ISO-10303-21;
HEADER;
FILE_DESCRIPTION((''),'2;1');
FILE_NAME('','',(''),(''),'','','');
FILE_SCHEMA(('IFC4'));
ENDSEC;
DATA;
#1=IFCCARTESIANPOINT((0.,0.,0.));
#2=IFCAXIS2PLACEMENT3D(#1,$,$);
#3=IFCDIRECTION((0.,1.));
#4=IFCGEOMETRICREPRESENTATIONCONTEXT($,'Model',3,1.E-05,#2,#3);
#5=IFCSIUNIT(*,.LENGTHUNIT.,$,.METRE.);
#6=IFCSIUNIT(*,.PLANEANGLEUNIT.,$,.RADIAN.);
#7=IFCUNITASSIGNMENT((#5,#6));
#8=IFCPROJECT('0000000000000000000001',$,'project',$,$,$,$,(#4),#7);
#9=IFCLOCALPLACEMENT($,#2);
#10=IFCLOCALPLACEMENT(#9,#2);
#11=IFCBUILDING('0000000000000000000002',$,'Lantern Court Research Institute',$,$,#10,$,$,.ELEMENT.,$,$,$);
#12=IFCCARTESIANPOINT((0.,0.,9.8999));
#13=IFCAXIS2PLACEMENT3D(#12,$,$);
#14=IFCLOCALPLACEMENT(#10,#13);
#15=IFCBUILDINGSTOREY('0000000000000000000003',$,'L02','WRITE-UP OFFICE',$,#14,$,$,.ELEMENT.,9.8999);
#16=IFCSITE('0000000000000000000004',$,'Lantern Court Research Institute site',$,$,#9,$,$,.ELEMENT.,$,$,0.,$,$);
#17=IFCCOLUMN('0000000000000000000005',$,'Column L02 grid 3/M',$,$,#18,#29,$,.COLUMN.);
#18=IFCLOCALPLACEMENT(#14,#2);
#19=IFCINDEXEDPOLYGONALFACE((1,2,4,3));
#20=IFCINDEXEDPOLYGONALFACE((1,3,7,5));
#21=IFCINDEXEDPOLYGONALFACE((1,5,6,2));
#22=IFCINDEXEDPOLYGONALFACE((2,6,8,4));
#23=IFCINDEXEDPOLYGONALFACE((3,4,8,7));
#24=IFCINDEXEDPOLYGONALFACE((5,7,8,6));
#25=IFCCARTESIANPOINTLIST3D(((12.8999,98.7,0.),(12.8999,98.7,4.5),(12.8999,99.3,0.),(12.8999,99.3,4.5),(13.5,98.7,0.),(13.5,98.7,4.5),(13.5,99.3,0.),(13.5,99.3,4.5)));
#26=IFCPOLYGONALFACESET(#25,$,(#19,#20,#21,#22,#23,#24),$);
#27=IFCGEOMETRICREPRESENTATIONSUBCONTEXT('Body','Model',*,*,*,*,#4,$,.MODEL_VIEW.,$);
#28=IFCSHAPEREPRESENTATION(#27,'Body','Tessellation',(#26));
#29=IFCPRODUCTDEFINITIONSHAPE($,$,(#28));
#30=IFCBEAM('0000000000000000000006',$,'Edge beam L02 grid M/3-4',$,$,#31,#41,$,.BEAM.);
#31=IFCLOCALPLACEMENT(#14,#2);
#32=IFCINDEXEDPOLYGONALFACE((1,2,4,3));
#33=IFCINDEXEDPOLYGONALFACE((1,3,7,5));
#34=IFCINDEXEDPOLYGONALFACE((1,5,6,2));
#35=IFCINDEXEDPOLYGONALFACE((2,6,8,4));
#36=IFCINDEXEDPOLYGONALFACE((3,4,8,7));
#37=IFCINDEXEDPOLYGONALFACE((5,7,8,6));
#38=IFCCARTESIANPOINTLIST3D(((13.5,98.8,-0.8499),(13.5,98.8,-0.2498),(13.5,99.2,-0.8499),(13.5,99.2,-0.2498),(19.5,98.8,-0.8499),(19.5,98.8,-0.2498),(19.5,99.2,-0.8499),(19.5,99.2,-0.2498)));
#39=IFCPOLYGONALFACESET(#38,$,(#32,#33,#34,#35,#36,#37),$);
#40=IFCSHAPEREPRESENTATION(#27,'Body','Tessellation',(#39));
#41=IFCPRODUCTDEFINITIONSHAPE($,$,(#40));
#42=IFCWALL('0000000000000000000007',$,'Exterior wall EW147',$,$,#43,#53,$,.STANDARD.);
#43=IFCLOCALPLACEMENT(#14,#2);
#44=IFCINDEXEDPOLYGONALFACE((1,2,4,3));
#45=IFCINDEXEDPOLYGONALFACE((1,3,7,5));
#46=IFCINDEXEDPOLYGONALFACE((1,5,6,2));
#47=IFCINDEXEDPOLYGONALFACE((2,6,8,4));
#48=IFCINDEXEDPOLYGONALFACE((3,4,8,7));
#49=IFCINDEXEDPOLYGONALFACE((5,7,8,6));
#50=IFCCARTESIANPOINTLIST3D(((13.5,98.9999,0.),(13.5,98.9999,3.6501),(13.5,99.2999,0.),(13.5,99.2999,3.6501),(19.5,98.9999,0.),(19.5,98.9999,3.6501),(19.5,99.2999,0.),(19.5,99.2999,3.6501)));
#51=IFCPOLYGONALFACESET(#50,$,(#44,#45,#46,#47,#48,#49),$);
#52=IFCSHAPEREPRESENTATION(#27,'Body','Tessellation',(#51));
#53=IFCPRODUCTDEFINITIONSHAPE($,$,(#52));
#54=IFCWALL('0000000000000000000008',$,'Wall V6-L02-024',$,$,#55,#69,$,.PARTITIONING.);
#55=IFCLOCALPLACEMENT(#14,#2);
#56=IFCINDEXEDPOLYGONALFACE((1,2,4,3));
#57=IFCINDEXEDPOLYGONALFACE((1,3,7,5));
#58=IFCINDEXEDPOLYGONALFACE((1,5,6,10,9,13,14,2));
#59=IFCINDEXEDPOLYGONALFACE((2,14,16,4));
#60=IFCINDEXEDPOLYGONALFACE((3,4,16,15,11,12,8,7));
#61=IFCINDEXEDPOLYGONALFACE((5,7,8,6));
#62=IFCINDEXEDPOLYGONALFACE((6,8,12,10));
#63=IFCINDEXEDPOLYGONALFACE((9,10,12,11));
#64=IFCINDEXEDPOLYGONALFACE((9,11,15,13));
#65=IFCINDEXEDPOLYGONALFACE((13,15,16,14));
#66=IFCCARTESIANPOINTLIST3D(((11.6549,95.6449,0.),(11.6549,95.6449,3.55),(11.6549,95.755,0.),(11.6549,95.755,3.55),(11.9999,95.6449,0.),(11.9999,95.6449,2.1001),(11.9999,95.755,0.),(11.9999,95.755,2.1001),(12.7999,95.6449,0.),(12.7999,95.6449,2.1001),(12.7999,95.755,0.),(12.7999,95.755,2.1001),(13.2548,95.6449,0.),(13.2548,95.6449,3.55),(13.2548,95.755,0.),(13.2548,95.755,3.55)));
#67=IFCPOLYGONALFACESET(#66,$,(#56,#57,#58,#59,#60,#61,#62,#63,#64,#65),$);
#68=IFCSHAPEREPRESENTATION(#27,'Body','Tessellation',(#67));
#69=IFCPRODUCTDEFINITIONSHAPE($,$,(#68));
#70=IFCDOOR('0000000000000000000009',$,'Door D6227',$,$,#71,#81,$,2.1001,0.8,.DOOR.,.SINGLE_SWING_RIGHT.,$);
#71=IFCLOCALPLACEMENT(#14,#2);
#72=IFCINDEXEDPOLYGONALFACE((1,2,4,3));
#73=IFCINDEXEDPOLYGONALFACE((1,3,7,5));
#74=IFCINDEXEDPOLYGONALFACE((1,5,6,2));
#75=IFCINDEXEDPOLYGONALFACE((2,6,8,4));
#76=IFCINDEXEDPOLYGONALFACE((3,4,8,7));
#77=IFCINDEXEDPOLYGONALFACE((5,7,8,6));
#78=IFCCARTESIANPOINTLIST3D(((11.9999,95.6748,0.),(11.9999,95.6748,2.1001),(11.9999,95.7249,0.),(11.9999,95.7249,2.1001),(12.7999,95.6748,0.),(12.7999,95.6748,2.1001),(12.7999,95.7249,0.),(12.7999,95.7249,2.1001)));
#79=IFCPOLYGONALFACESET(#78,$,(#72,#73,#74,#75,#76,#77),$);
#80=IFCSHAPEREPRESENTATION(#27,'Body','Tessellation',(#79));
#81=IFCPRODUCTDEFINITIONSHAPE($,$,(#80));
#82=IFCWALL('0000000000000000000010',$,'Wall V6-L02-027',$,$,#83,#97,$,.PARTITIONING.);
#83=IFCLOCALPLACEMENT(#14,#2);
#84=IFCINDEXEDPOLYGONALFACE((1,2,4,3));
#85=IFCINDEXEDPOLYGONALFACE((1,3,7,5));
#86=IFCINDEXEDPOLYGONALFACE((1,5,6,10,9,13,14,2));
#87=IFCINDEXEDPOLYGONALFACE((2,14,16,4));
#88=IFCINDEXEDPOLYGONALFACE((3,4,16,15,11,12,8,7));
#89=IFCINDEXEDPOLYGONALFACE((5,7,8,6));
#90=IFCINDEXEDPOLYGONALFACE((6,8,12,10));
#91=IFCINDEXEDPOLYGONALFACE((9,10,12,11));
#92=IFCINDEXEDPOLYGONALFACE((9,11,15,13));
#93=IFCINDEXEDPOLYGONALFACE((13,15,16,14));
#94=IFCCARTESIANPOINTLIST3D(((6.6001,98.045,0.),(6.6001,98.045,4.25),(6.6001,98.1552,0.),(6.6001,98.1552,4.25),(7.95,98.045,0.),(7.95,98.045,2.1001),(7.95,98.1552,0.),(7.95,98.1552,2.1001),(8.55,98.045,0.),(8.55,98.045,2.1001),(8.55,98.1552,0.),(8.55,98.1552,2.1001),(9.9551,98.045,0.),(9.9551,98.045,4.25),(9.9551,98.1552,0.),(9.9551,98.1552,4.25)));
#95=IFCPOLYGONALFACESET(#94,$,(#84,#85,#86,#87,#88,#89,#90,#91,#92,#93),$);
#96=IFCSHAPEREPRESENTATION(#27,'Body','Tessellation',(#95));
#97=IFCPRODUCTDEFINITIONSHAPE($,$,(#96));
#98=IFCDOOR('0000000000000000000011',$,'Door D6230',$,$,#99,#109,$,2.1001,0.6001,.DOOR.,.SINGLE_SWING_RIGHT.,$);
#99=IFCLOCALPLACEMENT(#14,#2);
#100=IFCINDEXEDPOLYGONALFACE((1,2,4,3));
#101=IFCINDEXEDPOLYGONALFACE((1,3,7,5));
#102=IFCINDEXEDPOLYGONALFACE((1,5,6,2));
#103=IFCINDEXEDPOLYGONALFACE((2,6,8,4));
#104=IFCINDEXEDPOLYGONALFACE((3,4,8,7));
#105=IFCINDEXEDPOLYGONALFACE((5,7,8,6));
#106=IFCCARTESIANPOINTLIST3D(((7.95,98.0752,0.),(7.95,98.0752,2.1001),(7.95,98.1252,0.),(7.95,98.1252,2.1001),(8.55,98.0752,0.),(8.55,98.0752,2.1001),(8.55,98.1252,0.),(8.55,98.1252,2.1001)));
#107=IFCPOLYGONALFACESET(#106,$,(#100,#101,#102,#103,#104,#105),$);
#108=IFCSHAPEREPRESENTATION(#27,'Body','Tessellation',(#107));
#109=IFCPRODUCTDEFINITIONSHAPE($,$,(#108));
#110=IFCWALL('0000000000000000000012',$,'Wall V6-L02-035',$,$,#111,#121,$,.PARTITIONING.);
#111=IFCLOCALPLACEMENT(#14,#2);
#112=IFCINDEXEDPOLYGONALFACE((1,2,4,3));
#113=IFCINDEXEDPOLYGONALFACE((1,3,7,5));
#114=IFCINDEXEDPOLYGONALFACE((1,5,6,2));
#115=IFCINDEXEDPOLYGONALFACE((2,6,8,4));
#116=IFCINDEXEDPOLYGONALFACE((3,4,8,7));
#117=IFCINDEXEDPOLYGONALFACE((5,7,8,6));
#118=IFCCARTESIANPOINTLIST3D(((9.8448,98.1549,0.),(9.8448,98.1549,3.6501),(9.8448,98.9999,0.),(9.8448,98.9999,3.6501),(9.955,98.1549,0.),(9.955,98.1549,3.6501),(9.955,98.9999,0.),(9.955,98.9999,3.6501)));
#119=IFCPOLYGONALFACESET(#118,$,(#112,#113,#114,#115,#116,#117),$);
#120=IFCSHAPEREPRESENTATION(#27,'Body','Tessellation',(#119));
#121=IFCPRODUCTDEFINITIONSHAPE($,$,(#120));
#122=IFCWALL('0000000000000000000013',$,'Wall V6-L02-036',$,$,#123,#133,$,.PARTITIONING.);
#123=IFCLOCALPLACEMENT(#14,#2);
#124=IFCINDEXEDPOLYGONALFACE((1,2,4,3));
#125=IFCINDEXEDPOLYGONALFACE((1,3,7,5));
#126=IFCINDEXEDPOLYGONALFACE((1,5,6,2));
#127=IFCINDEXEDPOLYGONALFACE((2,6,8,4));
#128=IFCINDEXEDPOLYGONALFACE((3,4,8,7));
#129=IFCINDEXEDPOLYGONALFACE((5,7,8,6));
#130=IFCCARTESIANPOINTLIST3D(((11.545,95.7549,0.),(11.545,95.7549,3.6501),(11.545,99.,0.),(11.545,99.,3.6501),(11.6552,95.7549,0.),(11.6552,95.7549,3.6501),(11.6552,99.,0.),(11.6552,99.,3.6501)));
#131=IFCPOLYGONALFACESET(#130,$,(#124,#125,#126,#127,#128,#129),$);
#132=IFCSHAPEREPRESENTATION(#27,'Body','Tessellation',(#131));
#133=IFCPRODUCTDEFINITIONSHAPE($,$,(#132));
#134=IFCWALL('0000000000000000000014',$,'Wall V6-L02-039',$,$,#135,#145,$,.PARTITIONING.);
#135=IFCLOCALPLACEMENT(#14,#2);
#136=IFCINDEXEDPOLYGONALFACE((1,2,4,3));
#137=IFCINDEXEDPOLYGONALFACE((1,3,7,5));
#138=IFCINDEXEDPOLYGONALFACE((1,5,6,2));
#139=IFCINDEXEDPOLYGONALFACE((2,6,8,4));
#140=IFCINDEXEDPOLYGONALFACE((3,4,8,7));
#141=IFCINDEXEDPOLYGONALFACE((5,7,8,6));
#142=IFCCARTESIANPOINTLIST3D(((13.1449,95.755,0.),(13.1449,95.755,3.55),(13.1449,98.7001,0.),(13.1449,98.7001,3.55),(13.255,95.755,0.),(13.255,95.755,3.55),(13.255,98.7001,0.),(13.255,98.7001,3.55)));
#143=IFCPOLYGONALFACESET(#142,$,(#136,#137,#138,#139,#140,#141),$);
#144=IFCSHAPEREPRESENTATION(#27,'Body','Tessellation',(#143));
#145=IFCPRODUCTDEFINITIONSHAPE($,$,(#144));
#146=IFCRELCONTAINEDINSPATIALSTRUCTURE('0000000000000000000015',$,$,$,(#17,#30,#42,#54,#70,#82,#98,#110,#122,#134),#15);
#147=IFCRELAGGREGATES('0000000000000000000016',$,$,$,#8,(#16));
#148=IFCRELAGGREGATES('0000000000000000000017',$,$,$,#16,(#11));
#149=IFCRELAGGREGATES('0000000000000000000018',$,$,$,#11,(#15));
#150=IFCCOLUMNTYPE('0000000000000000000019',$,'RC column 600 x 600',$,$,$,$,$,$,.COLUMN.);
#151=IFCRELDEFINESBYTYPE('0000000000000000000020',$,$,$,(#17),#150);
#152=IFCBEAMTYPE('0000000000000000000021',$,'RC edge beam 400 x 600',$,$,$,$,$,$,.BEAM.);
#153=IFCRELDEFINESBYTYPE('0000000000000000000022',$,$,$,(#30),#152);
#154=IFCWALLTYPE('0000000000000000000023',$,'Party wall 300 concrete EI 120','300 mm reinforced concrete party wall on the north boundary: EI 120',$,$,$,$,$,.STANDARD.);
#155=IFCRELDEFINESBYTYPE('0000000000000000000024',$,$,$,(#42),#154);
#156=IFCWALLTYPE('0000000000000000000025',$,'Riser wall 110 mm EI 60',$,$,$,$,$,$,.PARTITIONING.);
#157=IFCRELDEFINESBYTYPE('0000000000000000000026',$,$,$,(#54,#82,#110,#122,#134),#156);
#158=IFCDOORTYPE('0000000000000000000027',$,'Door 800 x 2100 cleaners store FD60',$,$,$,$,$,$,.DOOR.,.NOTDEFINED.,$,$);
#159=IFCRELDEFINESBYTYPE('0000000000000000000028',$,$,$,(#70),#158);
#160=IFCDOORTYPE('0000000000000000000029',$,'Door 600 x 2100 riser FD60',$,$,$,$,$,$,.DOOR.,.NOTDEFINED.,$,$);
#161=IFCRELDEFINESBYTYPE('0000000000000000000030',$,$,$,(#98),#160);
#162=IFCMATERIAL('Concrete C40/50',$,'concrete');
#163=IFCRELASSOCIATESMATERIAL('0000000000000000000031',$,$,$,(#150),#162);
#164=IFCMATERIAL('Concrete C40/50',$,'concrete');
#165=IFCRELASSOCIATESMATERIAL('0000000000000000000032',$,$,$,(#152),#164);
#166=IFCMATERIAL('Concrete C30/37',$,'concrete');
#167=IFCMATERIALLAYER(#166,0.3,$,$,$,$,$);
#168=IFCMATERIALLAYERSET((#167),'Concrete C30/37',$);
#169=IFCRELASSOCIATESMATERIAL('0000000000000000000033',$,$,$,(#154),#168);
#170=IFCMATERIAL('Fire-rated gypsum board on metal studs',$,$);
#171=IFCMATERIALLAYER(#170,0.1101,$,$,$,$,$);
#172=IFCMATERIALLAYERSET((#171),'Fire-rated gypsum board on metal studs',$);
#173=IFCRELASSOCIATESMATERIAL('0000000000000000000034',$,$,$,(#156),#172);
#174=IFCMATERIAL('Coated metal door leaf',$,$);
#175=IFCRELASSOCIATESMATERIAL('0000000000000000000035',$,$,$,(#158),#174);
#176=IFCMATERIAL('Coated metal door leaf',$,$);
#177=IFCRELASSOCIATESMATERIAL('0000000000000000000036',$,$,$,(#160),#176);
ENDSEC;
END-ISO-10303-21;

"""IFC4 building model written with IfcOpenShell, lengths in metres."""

from ifc_helpers import new_model, si_unit, direction, frame, frame_2d, origin, origin_2d, place, context, subcontext, project, spatial, rectangle, extrude, material, layer, layer_set, material_profile, profile_set, type_object, element, fill, save


model = new_model("IFC4")

# Units and contexts
model_context = context("Model", 3, precision=1e-05, world=origin(), true_north=direction((0.0, 1.0)))
body_context = subcontext(model_context, "Body", "Model", "MODEL_VIEW")
ifc_project = project(units=[si_unit("LENGTHUNIT", "METRE"), si_unit("PLANEANGLEUNIT", "RADIAN")], contexts=[model_context])

# Site, building, storey
site_placement = place(None, origin())
site = spatial("IfcSite", under=ifc_project, at=site_placement, Name="Lantern Court Research Institute site", CompositionType="ELEMENT", RefElevation=0.0)
building_placement = place(site_placement, origin())
building = spatial("IfcBuilding", under=site, at=building_placement, Name="Lantern Court Research Institute", CompositionType="ELEMENT")
storey_placement = place(building_placement, frame((0.0, 0.0, 9.8999)))
storey = spatial("IfcBuildingStorey", under=building, at=storey_placement, Name="L02", Description="WRITE-UP OFFICE", CompositionType="ELEMENT", Elevation=9.8999)

# Column
ifc_material_1 = material(Name="Concrete C40/50", Category="concrete")
ifc_material_profile_1 = material_profile(ifc_material_1, rectangle(XDim=0.6001, YDim=0.6001, at=origin_2d()), Name="RC column 600 x 600")
ifc_profile_set_1 = profile_set([ifc_material_profile_1], Name="Concrete C40/50")
column_type = type_object("IfcColumnType", Name="RC column 600 x 600", PredefinedType="COLUMN", material=ifc_profile_set_1)
column_placement = place(storey_placement, frame((13.2, 99.0, 0.0), z_axis=(0.0, 0.0, 1.0), x_axis=(1.0, 0.0, 0.0)))
element("IfcColumn", 1, at=column_placement, inside=storey, type_object=column_type, Name="Column L02 grid 3/M", PredefinedType="COLUMN", context=body_context, shape_type="SweptSolid", body=[
    extrude(rectangle(XDim=0.6001, YDim=0.6001, at=origin_2d()), origin(), (0.0, 0.0, 1.0), 4.5),
])

# Beam
ifc_material_2 = material(Name="Concrete C40/50", Category="concrete")
ifc_material_profile_2 = material_profile(ifc_material_2, rectangle(XDim=0.3999, YDim=0.6001, at=origin_2d()), Name="RC beam 400 x 600")
ifc_profile_set_2 = profile_set([ifc_material_profile_2], Name="Concrete C40/50")
beam_type = type_object("IfcBeamType", Name="RC edge beam 400 x 600", PredefinedType="BEAM", material=ifc_profile_set_2)
beam_placement = place(storey_placement, frame((13.5, 99.0, -0.5498), z_axis=(1.0, 0.0, 0.0), x_axis=(0.0, 1.0, 0.0)))
element("IfcBeam", 2, at=beam_placement, inside=storey, type_object=beam_type, Name="Edge beam L02 grid M/3-4", PredefinedType="BEAM", context=body_context, shape_type="SweptSolid", body=[
    extrude(rectangle(XDim=0.3999, YDim=0.6001, at=origin_2d()), origin(), (0.0, 0.0, 1.0), 6.0),
])

# Wall
ifc_material_3 = material(Name="Concrete C30/37", Category="concrete")
ifc_layer_1 = layer(ifc_material_3, 0.3)
ifc_layer_set_1 = layer_set([ifc_layer_1], Name="Concrete C30/37")
wall_type_1 = type_object("IfcWallType", Name="Party wall 300 concrete EI 120", Description="300 mm reinforced concrete party wall on the north boundary: EI 120", PredefinedType="STANDARD", material=ifc_layer_set_1)
wall_1_placement = place(storey_placement, frame((13.5, 99.1499, 0.0), z_axis=(0.0, 0.0, 1.0), x_axis=(1.0, 0.0, 0.0)))
element("IfcWall", 3, at=wall_1_placement, inside=storey, type_object=wall_type_1, Name="Exterior wall EW147", PredefinedType="STANDARD", context=body_context, shape_type="SweptSolid", body=[
    extrude(rectangle(XDim=6.0, YDim=0.3, at=frame_2d((3.0, 0.0))), origin(), (0.0, 0.0, 1.0), 3.6501),
])

# Walls, openings, doors
ifc_material_4 = material(Name="Fire-rated gypsum board on metal studs")
ifc_layer_2 = layer(ifc_material_4, 0.1101)
ifc_layer_set_2 = layer_set([ifc_layer_2], Name="Fire-rated gypsum board on metal studs")
wall_type_2 = type_object("IfcWallType", Name="Riser wall 110 mm EI 60", PredefinedType="PARTITIONING", material=ifc_layer_set_2)
wall_2_placement = place(storey_placement, frame((11.655, 95.7, 0.0), z_axis=(0.0, 0.0, 1.0), x_axis=(1.0, 0.0, 0.0)))
wall_2 = element("IfcWall", 4, at=wall_2_placement, inside=storey, type_object=wall_type_2, Name="Wall V6-L02-024", PredefinedType="PARTITIONING", context=body_context, shape_type="SweptSolid", body=[
    extrude(rectangle(XDim=1.5999, YDim=0.1101, at=frame_2d((0.7998, 0.0))), origin(), (0.0, 0.0, 1.0), 3.55),
])
opening_1_placement = place(wall_2_placement, frame((0.345, 0.0, 0.0)))
opening_1 = element("IfcOpeningElement", 5, at=opening_1_placement, cuts=wall_2, PredefinedType="OPENING", context=body_context, shape_type="SweptSolid", body=[
    extrude(rectangle(XDim=0.8, YDim=2.1001, at=frame_2d((0.3999, 1.05))), frame((0.0, 0.0649, 0.0), z_axis=(0.0, -1.0, 0.0), x_axis=(1.0, 0.0, 0.0)), (0.0, 0.0, 1.0), 0.1301),
])
ifc_material_5 = material(Name="Coated metal door leaf")
door_type_1 = type_object("IfcDoorType", Name="Door 800 x 2100 cleaners store FD60", OperationType="NOTDEFINED", PredefinedType="DOOR", material=ifc_material_5)
door_1_placement = place(opening_1_placement, origin())
door_1 = element("IfcDoor", 6, at=door_1_placement, inside=storey, type_object=door_type_1, Name="Door D6227", OperationType="SINGLE_SWING_RIGHT", OverallHeight=2.1001, OverallWidth=0.8, PredefinedType="DOOR", context=body_context, shape_type="SweptSolid", body=[
    extrude(rectangle(XDim=0.8, YDim=2.1001, at=frame_2d((0.3999, 1.05))), frame((0.0, 0.0249, 0.0), z_axis=(0.0, -1.0, 0.0), x_axis=(1.0, 0.0, 0.0)), (0.0, 0.0, 1.0), 0.05),
])
fill(opening_1, door_1)
wall_3_placement = place(storey_placement, frame((9.9551, 98.1001, 0.0), z_axis=(0.0, 0.0, 1.0), x_axis=(-1.0, 0.0, 0.0)))
wall_3 = element("IfcWall", 7, at=wall_3_placement, inside=storey, type_object=wall_type_2, Name="Wall V6-L02-027", PredefinedType="PARTITIONING", context=body_context, shape_type="SweptSolid", body=[
    extrude(rectangle(XDim=3.355, YDim=0.1101, at=frame_2d((1.6775, 0.0))), origin(), (0.0, 0.0, 1.0), 4.25),
])
opening_2_placement = place(wall_3_placement, frame((1.405, 0.0, 0.0)))
opening_2 = element("IfcOpeningElement", 8, at=opening_2_placement, cuts=wall_3, PredefinedType="OPENING", context=body_context, shape_type="SweptSolid", body=[
    extrude(rectangle(XDim=0.6001, YDim=2.1001, at=frame_2d((0.3, 1.05))), frame((0.0, 0.0649, 0.0), z_axis=(0.0, -1.0, 0.0), x_axis=(1.0, 0.0, 0.0)), (0.0, 0.0, 1.0), 0.1301),
])
ifc_material_6 = material(Name="Coated metal door leaf")
door_type_2 = type_object("IfcDoorType", Name="Door 600 x 2100 riser FD60", OperationType="NOTDEFINED", PredefinedType="DOOR", material=ifc_material_6)
door_2_placement = place(opening_2_placement, origin())
door_2 = element("IfcDoor", 9, at=door_2_placement, inside=storey, type_object=door_type_2, Name="Door D6230", OperationType="SINGLE_SWING_RIGHT", OverallHeight=2.1001, OverallWidth=0.6001, PredefinedType="DOOR", context=body_context, shape_type="SweptSolid", body=[
    extrude(rectangle(XDim=0.6001, YDim=2.1001, at=frame_2d((0.3, 1.05))), frame((0.0, 0.0249, 0.0), z_axis=(0.0, -1.0, 0.0), x_axis=(1.0, 0.0, 0.0)), (0.0, 0.0, 1.0), 0.05),
])
fill(opening_2, door_2)

# Walls
wall_4_placement = place(storey_placement, frame((9.8999, 98.155, 0.0), z_axis=(0.0, 0.0, 1.0), x_axis=(0.0, 1.0, 0.0)))
element("IfcWall", 10, at=wall_4_placement, inside=storey, type_object=wall_type_2, Name="Wall V6-L02-035", PredefinedType="PARTITIONING", context=body_context, shape_type="SweptSolid", body=[
    extrude(rectangle(XDim=0.845, YDim=0.1101, at=frame_2d((0.4224, 0.0))), origin(), (0.0, 0.0, 1.0), 3.6501),
])
wall_5_placement = place(storey_placement, frame((11.6001, 95.7549, 0.0), z_axis=(0.0, 0.0, 1.0), x_axis=(0.0, 1.0, 0.0)))
element("IfcWall", 11, at=wall_5_placement, inside=storey, type_object=wall_type_2, Name="Wall V6-L02-036", PredefinedType="PARTITIONING", context=body_context, shape_type="SweptSolid", body=[
    extrude(rectangle(XDim=3.2451, YDim=0.1101, at=frame_2d((1.6226, 0.0))), origin(), (0.0, 0.0, 1.0), 3.6501),
])
wall_6_placement = place(storey_placement, frame((13.2, 95.7549, 0.0), z_axis=(0.0, 0.0, 1.0), x_axis=(0.0, 1.0, 0.0)))
element("IfcWall", 12, at=wall_6_placement, inside=storey, type_object=wall_type_2, Name="Wall V6-L02-039", PredefinedType="PARTITIONING", context=body_context, shape_type="SweptSolid", body=[
    extrude(rectangle(XDim=2.9451, YDim=0.1101, at=frame_2d((1.4727, 0.0))), origin(), (0.0, 0.0, 1.0), 3.55),
])

save(model, "model.ifc")
